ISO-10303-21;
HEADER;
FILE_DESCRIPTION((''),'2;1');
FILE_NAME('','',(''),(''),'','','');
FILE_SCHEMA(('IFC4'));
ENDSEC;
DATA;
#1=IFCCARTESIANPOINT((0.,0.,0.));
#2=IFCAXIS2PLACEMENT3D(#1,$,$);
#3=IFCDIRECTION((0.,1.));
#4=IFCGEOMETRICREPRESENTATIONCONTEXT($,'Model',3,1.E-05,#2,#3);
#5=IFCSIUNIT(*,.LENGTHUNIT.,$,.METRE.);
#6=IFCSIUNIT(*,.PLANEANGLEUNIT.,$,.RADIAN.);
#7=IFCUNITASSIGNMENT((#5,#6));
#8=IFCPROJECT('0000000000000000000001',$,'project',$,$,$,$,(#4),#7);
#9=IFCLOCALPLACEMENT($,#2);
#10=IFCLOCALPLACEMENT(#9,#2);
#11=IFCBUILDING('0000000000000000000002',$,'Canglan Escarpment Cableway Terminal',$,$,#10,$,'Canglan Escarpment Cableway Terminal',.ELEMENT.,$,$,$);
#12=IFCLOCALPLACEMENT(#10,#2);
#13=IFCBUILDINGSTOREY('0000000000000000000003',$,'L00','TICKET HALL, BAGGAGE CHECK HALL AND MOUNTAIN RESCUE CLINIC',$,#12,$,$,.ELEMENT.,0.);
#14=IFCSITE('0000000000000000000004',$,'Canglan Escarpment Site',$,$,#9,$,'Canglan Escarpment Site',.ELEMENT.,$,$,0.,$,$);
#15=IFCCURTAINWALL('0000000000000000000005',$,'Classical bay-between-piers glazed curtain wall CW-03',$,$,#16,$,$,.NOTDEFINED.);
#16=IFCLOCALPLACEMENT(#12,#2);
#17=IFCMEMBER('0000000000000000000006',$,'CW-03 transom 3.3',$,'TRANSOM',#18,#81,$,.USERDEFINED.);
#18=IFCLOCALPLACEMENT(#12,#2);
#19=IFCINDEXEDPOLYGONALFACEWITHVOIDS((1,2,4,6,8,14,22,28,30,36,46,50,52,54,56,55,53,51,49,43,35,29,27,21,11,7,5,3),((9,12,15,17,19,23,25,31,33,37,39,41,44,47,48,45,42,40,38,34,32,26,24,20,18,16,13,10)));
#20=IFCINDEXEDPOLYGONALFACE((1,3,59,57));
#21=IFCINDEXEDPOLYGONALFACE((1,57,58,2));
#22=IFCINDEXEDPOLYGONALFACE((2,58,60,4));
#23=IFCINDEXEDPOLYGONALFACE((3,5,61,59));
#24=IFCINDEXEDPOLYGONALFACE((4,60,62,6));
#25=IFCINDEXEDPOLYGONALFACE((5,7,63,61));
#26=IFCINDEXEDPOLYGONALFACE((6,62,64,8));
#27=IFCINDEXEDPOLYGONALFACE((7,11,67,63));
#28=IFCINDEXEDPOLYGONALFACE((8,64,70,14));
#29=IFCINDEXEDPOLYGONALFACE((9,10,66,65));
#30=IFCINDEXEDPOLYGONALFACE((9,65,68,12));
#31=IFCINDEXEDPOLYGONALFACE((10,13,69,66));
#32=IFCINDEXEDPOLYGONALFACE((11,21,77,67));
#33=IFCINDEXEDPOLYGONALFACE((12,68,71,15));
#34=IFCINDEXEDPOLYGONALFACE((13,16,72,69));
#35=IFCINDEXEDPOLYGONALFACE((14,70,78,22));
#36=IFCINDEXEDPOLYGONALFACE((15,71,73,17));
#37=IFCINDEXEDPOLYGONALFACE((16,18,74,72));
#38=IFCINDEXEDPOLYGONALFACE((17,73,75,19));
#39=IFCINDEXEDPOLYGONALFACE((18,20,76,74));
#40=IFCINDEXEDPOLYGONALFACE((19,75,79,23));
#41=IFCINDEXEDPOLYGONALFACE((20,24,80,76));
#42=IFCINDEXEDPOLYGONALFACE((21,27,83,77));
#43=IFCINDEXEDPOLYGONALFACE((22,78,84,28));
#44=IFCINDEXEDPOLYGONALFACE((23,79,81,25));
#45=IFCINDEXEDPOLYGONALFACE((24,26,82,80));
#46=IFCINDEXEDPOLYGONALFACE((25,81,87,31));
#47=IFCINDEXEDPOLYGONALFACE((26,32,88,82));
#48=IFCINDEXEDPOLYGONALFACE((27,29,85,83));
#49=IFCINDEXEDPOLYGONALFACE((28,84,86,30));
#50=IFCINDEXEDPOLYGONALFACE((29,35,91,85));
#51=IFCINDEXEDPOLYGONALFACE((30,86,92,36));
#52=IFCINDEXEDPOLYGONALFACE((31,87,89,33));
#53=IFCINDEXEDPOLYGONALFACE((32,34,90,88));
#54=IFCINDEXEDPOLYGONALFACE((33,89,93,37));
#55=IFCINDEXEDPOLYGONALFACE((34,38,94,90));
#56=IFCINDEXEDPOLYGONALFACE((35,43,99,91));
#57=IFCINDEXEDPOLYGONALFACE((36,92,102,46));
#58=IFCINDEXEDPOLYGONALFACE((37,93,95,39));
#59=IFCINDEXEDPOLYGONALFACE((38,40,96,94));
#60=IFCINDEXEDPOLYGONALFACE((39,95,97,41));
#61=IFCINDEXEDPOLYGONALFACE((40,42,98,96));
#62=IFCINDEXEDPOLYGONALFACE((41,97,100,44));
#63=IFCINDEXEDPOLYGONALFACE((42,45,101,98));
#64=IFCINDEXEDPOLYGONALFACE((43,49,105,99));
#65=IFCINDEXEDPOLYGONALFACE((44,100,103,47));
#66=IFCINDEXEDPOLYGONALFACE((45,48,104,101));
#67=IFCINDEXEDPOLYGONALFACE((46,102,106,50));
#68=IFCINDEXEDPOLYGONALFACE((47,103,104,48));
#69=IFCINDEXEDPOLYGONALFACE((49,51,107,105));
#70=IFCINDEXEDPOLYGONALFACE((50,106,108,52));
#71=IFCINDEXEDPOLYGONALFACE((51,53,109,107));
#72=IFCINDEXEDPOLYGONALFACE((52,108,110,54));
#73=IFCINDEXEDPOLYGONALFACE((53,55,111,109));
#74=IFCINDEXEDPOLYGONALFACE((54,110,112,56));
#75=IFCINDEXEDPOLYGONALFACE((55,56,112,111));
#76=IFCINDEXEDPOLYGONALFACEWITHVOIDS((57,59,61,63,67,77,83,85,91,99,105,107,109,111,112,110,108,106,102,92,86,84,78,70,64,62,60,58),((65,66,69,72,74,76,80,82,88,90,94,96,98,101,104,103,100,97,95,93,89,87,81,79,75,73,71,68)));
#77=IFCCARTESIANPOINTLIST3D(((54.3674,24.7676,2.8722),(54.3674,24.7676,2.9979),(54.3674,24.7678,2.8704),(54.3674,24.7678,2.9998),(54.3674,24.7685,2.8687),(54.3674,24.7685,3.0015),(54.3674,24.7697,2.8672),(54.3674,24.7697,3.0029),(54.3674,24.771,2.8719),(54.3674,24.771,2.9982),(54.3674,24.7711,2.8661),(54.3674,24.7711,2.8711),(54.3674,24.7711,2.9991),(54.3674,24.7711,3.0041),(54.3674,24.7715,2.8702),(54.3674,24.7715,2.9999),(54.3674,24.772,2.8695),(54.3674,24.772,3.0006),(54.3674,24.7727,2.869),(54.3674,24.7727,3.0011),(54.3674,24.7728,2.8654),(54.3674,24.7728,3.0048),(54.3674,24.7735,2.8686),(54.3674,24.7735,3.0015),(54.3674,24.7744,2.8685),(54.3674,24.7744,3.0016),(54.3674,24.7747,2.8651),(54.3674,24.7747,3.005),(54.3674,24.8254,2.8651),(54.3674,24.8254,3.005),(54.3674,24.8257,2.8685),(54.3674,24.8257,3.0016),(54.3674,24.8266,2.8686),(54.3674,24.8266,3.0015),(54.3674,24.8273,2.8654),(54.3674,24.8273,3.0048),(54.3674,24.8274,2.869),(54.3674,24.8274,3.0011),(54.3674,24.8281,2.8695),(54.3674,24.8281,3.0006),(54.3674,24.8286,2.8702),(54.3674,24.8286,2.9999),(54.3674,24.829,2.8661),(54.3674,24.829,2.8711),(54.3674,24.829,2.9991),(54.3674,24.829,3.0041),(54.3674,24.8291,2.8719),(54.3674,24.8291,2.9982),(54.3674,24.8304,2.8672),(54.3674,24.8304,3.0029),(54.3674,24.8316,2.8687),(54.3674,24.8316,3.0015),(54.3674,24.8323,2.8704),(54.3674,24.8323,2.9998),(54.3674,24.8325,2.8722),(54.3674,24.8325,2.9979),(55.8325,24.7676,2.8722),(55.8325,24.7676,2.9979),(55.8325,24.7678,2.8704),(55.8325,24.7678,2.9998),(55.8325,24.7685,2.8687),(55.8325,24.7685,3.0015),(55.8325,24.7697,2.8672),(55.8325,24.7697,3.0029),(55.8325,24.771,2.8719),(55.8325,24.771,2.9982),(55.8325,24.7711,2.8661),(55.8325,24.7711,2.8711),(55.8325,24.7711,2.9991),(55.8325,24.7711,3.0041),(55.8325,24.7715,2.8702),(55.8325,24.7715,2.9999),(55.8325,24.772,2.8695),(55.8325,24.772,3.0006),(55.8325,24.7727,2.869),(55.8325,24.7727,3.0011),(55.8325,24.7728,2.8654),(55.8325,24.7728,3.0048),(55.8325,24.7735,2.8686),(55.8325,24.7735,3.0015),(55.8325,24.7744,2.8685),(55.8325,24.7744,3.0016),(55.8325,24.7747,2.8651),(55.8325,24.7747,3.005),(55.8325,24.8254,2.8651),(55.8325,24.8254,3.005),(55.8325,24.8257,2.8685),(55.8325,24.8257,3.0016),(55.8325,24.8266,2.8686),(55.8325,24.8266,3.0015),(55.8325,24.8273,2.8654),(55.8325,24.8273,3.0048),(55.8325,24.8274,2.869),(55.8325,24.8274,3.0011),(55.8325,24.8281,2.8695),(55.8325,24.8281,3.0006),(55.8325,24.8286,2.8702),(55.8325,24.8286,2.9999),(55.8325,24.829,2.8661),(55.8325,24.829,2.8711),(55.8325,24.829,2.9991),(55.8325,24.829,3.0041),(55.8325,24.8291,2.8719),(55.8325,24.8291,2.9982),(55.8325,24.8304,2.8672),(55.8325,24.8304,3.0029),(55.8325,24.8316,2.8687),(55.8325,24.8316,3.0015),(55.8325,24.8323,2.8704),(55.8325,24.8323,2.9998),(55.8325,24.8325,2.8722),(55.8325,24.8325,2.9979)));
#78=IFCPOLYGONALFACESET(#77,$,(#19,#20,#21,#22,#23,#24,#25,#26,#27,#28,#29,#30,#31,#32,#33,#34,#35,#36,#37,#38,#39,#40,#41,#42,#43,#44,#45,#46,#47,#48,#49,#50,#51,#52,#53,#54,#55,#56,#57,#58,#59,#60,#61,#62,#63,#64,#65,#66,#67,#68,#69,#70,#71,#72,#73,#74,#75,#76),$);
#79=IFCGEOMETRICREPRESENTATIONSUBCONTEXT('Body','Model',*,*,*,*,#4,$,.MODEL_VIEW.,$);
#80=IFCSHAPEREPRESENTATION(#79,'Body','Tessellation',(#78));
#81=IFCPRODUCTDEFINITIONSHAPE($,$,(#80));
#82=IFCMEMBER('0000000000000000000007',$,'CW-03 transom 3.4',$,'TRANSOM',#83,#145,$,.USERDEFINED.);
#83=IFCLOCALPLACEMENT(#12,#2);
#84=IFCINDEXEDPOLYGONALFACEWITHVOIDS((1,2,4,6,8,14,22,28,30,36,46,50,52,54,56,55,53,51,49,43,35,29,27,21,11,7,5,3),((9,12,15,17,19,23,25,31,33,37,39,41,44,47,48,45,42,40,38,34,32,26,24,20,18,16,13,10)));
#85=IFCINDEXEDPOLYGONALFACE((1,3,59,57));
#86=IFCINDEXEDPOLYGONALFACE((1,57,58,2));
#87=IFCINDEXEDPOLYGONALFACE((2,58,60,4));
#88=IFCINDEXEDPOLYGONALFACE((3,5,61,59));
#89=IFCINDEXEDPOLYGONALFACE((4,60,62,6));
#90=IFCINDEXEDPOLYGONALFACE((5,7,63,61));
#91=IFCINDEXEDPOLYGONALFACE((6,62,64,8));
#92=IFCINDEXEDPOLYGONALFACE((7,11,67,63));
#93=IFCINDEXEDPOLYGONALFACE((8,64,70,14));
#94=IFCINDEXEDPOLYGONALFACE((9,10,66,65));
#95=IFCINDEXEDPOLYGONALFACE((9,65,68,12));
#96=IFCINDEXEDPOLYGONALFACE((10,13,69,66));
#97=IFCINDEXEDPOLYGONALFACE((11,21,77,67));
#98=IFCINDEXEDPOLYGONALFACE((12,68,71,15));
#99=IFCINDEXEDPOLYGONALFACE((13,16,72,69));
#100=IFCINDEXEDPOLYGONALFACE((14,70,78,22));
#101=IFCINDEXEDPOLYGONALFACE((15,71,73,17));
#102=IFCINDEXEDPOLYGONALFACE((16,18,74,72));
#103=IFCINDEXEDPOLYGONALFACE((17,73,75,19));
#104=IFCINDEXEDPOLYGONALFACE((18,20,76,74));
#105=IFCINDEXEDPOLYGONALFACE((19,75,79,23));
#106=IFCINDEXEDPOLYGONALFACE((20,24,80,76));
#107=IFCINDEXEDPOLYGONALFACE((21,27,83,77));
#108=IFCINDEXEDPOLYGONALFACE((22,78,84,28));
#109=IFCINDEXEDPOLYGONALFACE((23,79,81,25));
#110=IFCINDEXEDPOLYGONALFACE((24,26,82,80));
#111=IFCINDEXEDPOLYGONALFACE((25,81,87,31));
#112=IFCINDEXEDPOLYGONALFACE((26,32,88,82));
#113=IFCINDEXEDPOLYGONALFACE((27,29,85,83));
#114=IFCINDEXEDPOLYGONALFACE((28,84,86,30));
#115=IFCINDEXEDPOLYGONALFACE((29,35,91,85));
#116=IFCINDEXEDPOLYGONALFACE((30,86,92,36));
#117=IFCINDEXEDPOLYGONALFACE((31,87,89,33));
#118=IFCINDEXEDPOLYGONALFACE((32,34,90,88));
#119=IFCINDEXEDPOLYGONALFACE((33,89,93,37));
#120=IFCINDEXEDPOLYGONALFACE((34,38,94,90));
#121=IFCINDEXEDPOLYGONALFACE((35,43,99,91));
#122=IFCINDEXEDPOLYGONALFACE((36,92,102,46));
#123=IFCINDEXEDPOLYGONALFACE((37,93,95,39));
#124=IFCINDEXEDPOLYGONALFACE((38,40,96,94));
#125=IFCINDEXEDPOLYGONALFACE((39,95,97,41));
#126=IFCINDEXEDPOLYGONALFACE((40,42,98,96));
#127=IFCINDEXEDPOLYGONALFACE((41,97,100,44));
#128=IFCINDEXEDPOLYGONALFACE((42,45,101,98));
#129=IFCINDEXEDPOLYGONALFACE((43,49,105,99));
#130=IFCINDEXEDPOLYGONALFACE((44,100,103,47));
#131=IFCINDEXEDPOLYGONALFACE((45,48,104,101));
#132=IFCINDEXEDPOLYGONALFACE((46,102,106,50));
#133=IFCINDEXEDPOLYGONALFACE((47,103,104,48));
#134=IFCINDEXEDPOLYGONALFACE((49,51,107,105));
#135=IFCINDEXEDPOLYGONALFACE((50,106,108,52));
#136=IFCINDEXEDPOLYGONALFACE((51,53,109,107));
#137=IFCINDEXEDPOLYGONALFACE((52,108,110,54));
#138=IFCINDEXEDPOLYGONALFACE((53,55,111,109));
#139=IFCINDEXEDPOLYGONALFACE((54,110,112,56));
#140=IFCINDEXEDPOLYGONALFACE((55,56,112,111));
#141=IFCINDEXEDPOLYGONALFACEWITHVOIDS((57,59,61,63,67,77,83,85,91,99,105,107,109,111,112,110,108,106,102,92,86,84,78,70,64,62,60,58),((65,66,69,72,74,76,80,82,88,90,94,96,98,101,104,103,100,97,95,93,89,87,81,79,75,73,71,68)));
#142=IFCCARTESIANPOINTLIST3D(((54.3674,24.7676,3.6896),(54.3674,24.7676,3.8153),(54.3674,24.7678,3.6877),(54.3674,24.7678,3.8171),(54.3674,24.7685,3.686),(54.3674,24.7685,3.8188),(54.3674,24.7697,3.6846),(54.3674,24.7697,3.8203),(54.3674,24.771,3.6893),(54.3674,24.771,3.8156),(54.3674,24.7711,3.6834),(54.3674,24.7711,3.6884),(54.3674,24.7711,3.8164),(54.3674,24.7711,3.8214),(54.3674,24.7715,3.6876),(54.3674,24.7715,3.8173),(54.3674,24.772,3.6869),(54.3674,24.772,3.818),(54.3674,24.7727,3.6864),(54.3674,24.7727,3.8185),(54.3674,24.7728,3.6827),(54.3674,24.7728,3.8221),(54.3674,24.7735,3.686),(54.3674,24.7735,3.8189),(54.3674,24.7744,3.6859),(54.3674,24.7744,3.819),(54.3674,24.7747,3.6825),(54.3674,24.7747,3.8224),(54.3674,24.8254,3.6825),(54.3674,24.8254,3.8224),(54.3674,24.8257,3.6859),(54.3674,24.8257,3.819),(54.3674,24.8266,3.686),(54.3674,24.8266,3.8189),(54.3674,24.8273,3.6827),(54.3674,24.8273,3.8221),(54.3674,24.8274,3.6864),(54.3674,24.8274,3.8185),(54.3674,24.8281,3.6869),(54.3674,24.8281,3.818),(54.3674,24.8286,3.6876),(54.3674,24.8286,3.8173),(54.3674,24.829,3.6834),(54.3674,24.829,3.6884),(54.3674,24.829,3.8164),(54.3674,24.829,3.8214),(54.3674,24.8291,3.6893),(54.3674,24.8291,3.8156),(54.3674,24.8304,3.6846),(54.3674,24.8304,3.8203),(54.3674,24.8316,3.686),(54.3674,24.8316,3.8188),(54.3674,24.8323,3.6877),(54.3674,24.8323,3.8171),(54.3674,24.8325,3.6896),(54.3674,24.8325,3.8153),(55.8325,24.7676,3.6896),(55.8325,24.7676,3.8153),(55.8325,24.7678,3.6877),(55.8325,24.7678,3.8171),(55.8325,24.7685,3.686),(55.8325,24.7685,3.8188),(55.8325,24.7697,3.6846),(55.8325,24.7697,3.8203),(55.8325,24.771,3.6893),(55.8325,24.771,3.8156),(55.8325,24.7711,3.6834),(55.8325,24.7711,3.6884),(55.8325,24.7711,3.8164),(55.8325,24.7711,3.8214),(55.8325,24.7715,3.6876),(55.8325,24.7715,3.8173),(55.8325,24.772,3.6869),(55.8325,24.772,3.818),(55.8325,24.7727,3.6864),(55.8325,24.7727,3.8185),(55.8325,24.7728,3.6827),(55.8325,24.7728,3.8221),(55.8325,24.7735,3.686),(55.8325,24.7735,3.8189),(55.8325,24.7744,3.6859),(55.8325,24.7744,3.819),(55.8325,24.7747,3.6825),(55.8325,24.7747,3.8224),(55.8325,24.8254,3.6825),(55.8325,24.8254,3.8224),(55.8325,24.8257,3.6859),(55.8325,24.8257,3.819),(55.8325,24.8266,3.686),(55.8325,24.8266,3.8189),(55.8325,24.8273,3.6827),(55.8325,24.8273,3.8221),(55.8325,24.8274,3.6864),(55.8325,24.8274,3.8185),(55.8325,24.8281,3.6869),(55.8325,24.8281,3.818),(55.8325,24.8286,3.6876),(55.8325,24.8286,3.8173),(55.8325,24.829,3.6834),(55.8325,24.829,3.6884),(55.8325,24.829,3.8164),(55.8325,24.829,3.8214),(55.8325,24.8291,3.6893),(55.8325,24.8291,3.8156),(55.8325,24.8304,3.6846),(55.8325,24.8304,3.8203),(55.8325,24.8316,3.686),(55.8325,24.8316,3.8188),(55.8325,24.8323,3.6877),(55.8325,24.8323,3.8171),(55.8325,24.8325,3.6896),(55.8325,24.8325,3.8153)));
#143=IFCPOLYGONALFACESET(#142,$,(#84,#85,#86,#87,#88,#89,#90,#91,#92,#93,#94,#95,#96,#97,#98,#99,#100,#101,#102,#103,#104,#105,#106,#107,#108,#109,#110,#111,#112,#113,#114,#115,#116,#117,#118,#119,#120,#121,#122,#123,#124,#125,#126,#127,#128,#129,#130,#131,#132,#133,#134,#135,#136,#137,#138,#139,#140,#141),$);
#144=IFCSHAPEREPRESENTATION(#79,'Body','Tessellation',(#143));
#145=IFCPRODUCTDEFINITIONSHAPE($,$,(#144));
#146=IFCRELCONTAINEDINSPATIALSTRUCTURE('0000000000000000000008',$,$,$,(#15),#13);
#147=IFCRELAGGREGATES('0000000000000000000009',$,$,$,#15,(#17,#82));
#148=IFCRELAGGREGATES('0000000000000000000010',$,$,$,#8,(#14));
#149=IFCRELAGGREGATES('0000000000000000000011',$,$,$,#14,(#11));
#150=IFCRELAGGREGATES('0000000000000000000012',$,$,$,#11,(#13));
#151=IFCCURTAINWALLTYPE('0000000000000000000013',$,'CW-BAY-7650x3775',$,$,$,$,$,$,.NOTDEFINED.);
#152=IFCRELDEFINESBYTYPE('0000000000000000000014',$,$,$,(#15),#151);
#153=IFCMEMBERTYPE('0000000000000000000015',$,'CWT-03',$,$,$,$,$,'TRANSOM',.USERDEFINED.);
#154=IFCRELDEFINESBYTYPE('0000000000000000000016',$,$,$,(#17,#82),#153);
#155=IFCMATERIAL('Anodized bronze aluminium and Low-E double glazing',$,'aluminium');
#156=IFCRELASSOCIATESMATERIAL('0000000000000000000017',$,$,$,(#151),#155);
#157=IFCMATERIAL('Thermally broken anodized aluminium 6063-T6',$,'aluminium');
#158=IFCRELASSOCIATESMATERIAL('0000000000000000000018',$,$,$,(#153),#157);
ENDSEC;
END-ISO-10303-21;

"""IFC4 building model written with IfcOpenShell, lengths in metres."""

from ifc_helpers import new_model, si_unit, direction, frame, origin, origin_2d, place, context, subcontext, project, spatial, hollow_rectangle, extrude, material, material_profile, profile_set, type_object, element, aggregate, save


model = new_model("IFC4")

# Units and contexts
model_context = context("Model", 3, precision=1e-05, world=origin(), true_north=direction((0.0, 1.0)))
body_context = subcontext(model_context, "Body", "Model", "MODEL_VIEW")
ifc_project = project(units=[si_unit("LENGTHUNIT", "METRE"), si_unit("PLANEANGLEUNIT", "RADIAN")], contexts=[model_context])

# Site, building, storey
site_placement = place(None, origin())
site = spatial("IfcSite", under=ifc_project, at=site_placement, Name="Canglan Escarpment Site", LongName="Canglan Escarpment Site", CompositionType="ELEMENT", RefElevation=0.0)
building_placement = place(site_placement, origin())
building = spatial("IfcBuilding", under=site, at=building_placement, Name="Canglan Escarpment Cableway Terminal", LongName="Canglan Escarpment Cableway Terminal", CompositionType="ELEMENT")
storey_placement = place(building_placement, origin())
storey = spatial("IfcBuildingStorey", under=building, at=storey_placement, Name="L00", Description="TICKET HALL, BAGGAGE CHECK HALL AND MOUNTAIN RESCUE CLINIC", CompositionType="ELEMENT", Elevation=0.0)

# Curtain wall, members
ifc_material_1 = material(Name="Anodized bronze aluminium and Low-E double glazing", Category="aluminium")
curtain_wall_type = type_object("IfcCurtainWallType", Name="CW-BAY-7650x3775", PredefinedType="NOTDEFINED", material=ifc_material_1)
curtain_wall_placement = place(storey_placement, origin())
curtain_wall = element("IfcCurtainWall", 1, at=curtain_wall_placement, inside=storey, type_object=curtain_wall_type, Name="Classical bay-between-piers glazed curtain wall CW-03", PredefinedType="NOTDEFINED")
ifc_material_2 = material(Name="Thermally broken anodized aluminium 6063-T6", Category="aluminium")
ifc_material_profile_1 = material_profile(ifc_material_2, hollow_rectangle(XDim=0.0649, YDim=0.1399, WallThickness=0.0034, InnerFilletRadius=0.0034, OuterFilletRadius=0.0071, at=origin_2d()), Name="ALU-TRAN 65x140x3.5")
ifc_profile_set_1 = profile_set([ifc_material_profile_1], Name="Thermally broken anodized aluminium 6063-T6")
member_type_1 = type_object("IfcMemberType", Name="CWT-03", ElementType="TRANSOM", PredefinedType="USERDEFINED", material=ifc_profile_set_1)
member_1_placement = place(storey_placement, frame((55.8325, 24.8, 2.9351), z_axis=(-1.0, 0.0, 0.0), x_axis=(0.0, -1.0, 0.0)))
member_1 = element("IfcMember", 2, at=member_1_placement, type_object=member_type_1, Name="CW-03 transom 3.3", ObjectType="TRANSOM", PredefinedType="USERDEFINED", context=body_context, shape_type="SweptSolid", body=[
    extrude(hollow_rectangle(XDim=0.0649, YDim=0.1399, WallThickness=0.0034, InnerFilletRadius=0.0034, OuterFilletRadius=0.0071, at=origin_2d()), origin(), (0.0, 0.0, 1.0), 1.4651),
])
member_2_placement = place(storey_placement, frame((55.8325, 24.8, 3.7524), z_axis=(-1.0, 0.0, 0.0), x_axis=(0.0, -1.0, 0.0)))
member_2 = element("IfcMember", 3, at=member_2_placement, type_object=member_type_1, Name="CW-03 transom 3.4", ObjectType="TRANSOM", PredefinedType="USERDEFINED", context=body_context, shape_type="SweptSolid", body=[
    extrude(hollow_rectangle(XDim=0.0649, YDim=0.1399, WallThickness=0.0034, InnerFilletRadius=0.0034, OuterFilletRadius=0.0071, at=origin_2d()), origin(), (0.0, 0.0, 1.0), 1.4651),
])
aggregate(curtain_wall, [member_1, member_2])

save(model, "model.ifc")
